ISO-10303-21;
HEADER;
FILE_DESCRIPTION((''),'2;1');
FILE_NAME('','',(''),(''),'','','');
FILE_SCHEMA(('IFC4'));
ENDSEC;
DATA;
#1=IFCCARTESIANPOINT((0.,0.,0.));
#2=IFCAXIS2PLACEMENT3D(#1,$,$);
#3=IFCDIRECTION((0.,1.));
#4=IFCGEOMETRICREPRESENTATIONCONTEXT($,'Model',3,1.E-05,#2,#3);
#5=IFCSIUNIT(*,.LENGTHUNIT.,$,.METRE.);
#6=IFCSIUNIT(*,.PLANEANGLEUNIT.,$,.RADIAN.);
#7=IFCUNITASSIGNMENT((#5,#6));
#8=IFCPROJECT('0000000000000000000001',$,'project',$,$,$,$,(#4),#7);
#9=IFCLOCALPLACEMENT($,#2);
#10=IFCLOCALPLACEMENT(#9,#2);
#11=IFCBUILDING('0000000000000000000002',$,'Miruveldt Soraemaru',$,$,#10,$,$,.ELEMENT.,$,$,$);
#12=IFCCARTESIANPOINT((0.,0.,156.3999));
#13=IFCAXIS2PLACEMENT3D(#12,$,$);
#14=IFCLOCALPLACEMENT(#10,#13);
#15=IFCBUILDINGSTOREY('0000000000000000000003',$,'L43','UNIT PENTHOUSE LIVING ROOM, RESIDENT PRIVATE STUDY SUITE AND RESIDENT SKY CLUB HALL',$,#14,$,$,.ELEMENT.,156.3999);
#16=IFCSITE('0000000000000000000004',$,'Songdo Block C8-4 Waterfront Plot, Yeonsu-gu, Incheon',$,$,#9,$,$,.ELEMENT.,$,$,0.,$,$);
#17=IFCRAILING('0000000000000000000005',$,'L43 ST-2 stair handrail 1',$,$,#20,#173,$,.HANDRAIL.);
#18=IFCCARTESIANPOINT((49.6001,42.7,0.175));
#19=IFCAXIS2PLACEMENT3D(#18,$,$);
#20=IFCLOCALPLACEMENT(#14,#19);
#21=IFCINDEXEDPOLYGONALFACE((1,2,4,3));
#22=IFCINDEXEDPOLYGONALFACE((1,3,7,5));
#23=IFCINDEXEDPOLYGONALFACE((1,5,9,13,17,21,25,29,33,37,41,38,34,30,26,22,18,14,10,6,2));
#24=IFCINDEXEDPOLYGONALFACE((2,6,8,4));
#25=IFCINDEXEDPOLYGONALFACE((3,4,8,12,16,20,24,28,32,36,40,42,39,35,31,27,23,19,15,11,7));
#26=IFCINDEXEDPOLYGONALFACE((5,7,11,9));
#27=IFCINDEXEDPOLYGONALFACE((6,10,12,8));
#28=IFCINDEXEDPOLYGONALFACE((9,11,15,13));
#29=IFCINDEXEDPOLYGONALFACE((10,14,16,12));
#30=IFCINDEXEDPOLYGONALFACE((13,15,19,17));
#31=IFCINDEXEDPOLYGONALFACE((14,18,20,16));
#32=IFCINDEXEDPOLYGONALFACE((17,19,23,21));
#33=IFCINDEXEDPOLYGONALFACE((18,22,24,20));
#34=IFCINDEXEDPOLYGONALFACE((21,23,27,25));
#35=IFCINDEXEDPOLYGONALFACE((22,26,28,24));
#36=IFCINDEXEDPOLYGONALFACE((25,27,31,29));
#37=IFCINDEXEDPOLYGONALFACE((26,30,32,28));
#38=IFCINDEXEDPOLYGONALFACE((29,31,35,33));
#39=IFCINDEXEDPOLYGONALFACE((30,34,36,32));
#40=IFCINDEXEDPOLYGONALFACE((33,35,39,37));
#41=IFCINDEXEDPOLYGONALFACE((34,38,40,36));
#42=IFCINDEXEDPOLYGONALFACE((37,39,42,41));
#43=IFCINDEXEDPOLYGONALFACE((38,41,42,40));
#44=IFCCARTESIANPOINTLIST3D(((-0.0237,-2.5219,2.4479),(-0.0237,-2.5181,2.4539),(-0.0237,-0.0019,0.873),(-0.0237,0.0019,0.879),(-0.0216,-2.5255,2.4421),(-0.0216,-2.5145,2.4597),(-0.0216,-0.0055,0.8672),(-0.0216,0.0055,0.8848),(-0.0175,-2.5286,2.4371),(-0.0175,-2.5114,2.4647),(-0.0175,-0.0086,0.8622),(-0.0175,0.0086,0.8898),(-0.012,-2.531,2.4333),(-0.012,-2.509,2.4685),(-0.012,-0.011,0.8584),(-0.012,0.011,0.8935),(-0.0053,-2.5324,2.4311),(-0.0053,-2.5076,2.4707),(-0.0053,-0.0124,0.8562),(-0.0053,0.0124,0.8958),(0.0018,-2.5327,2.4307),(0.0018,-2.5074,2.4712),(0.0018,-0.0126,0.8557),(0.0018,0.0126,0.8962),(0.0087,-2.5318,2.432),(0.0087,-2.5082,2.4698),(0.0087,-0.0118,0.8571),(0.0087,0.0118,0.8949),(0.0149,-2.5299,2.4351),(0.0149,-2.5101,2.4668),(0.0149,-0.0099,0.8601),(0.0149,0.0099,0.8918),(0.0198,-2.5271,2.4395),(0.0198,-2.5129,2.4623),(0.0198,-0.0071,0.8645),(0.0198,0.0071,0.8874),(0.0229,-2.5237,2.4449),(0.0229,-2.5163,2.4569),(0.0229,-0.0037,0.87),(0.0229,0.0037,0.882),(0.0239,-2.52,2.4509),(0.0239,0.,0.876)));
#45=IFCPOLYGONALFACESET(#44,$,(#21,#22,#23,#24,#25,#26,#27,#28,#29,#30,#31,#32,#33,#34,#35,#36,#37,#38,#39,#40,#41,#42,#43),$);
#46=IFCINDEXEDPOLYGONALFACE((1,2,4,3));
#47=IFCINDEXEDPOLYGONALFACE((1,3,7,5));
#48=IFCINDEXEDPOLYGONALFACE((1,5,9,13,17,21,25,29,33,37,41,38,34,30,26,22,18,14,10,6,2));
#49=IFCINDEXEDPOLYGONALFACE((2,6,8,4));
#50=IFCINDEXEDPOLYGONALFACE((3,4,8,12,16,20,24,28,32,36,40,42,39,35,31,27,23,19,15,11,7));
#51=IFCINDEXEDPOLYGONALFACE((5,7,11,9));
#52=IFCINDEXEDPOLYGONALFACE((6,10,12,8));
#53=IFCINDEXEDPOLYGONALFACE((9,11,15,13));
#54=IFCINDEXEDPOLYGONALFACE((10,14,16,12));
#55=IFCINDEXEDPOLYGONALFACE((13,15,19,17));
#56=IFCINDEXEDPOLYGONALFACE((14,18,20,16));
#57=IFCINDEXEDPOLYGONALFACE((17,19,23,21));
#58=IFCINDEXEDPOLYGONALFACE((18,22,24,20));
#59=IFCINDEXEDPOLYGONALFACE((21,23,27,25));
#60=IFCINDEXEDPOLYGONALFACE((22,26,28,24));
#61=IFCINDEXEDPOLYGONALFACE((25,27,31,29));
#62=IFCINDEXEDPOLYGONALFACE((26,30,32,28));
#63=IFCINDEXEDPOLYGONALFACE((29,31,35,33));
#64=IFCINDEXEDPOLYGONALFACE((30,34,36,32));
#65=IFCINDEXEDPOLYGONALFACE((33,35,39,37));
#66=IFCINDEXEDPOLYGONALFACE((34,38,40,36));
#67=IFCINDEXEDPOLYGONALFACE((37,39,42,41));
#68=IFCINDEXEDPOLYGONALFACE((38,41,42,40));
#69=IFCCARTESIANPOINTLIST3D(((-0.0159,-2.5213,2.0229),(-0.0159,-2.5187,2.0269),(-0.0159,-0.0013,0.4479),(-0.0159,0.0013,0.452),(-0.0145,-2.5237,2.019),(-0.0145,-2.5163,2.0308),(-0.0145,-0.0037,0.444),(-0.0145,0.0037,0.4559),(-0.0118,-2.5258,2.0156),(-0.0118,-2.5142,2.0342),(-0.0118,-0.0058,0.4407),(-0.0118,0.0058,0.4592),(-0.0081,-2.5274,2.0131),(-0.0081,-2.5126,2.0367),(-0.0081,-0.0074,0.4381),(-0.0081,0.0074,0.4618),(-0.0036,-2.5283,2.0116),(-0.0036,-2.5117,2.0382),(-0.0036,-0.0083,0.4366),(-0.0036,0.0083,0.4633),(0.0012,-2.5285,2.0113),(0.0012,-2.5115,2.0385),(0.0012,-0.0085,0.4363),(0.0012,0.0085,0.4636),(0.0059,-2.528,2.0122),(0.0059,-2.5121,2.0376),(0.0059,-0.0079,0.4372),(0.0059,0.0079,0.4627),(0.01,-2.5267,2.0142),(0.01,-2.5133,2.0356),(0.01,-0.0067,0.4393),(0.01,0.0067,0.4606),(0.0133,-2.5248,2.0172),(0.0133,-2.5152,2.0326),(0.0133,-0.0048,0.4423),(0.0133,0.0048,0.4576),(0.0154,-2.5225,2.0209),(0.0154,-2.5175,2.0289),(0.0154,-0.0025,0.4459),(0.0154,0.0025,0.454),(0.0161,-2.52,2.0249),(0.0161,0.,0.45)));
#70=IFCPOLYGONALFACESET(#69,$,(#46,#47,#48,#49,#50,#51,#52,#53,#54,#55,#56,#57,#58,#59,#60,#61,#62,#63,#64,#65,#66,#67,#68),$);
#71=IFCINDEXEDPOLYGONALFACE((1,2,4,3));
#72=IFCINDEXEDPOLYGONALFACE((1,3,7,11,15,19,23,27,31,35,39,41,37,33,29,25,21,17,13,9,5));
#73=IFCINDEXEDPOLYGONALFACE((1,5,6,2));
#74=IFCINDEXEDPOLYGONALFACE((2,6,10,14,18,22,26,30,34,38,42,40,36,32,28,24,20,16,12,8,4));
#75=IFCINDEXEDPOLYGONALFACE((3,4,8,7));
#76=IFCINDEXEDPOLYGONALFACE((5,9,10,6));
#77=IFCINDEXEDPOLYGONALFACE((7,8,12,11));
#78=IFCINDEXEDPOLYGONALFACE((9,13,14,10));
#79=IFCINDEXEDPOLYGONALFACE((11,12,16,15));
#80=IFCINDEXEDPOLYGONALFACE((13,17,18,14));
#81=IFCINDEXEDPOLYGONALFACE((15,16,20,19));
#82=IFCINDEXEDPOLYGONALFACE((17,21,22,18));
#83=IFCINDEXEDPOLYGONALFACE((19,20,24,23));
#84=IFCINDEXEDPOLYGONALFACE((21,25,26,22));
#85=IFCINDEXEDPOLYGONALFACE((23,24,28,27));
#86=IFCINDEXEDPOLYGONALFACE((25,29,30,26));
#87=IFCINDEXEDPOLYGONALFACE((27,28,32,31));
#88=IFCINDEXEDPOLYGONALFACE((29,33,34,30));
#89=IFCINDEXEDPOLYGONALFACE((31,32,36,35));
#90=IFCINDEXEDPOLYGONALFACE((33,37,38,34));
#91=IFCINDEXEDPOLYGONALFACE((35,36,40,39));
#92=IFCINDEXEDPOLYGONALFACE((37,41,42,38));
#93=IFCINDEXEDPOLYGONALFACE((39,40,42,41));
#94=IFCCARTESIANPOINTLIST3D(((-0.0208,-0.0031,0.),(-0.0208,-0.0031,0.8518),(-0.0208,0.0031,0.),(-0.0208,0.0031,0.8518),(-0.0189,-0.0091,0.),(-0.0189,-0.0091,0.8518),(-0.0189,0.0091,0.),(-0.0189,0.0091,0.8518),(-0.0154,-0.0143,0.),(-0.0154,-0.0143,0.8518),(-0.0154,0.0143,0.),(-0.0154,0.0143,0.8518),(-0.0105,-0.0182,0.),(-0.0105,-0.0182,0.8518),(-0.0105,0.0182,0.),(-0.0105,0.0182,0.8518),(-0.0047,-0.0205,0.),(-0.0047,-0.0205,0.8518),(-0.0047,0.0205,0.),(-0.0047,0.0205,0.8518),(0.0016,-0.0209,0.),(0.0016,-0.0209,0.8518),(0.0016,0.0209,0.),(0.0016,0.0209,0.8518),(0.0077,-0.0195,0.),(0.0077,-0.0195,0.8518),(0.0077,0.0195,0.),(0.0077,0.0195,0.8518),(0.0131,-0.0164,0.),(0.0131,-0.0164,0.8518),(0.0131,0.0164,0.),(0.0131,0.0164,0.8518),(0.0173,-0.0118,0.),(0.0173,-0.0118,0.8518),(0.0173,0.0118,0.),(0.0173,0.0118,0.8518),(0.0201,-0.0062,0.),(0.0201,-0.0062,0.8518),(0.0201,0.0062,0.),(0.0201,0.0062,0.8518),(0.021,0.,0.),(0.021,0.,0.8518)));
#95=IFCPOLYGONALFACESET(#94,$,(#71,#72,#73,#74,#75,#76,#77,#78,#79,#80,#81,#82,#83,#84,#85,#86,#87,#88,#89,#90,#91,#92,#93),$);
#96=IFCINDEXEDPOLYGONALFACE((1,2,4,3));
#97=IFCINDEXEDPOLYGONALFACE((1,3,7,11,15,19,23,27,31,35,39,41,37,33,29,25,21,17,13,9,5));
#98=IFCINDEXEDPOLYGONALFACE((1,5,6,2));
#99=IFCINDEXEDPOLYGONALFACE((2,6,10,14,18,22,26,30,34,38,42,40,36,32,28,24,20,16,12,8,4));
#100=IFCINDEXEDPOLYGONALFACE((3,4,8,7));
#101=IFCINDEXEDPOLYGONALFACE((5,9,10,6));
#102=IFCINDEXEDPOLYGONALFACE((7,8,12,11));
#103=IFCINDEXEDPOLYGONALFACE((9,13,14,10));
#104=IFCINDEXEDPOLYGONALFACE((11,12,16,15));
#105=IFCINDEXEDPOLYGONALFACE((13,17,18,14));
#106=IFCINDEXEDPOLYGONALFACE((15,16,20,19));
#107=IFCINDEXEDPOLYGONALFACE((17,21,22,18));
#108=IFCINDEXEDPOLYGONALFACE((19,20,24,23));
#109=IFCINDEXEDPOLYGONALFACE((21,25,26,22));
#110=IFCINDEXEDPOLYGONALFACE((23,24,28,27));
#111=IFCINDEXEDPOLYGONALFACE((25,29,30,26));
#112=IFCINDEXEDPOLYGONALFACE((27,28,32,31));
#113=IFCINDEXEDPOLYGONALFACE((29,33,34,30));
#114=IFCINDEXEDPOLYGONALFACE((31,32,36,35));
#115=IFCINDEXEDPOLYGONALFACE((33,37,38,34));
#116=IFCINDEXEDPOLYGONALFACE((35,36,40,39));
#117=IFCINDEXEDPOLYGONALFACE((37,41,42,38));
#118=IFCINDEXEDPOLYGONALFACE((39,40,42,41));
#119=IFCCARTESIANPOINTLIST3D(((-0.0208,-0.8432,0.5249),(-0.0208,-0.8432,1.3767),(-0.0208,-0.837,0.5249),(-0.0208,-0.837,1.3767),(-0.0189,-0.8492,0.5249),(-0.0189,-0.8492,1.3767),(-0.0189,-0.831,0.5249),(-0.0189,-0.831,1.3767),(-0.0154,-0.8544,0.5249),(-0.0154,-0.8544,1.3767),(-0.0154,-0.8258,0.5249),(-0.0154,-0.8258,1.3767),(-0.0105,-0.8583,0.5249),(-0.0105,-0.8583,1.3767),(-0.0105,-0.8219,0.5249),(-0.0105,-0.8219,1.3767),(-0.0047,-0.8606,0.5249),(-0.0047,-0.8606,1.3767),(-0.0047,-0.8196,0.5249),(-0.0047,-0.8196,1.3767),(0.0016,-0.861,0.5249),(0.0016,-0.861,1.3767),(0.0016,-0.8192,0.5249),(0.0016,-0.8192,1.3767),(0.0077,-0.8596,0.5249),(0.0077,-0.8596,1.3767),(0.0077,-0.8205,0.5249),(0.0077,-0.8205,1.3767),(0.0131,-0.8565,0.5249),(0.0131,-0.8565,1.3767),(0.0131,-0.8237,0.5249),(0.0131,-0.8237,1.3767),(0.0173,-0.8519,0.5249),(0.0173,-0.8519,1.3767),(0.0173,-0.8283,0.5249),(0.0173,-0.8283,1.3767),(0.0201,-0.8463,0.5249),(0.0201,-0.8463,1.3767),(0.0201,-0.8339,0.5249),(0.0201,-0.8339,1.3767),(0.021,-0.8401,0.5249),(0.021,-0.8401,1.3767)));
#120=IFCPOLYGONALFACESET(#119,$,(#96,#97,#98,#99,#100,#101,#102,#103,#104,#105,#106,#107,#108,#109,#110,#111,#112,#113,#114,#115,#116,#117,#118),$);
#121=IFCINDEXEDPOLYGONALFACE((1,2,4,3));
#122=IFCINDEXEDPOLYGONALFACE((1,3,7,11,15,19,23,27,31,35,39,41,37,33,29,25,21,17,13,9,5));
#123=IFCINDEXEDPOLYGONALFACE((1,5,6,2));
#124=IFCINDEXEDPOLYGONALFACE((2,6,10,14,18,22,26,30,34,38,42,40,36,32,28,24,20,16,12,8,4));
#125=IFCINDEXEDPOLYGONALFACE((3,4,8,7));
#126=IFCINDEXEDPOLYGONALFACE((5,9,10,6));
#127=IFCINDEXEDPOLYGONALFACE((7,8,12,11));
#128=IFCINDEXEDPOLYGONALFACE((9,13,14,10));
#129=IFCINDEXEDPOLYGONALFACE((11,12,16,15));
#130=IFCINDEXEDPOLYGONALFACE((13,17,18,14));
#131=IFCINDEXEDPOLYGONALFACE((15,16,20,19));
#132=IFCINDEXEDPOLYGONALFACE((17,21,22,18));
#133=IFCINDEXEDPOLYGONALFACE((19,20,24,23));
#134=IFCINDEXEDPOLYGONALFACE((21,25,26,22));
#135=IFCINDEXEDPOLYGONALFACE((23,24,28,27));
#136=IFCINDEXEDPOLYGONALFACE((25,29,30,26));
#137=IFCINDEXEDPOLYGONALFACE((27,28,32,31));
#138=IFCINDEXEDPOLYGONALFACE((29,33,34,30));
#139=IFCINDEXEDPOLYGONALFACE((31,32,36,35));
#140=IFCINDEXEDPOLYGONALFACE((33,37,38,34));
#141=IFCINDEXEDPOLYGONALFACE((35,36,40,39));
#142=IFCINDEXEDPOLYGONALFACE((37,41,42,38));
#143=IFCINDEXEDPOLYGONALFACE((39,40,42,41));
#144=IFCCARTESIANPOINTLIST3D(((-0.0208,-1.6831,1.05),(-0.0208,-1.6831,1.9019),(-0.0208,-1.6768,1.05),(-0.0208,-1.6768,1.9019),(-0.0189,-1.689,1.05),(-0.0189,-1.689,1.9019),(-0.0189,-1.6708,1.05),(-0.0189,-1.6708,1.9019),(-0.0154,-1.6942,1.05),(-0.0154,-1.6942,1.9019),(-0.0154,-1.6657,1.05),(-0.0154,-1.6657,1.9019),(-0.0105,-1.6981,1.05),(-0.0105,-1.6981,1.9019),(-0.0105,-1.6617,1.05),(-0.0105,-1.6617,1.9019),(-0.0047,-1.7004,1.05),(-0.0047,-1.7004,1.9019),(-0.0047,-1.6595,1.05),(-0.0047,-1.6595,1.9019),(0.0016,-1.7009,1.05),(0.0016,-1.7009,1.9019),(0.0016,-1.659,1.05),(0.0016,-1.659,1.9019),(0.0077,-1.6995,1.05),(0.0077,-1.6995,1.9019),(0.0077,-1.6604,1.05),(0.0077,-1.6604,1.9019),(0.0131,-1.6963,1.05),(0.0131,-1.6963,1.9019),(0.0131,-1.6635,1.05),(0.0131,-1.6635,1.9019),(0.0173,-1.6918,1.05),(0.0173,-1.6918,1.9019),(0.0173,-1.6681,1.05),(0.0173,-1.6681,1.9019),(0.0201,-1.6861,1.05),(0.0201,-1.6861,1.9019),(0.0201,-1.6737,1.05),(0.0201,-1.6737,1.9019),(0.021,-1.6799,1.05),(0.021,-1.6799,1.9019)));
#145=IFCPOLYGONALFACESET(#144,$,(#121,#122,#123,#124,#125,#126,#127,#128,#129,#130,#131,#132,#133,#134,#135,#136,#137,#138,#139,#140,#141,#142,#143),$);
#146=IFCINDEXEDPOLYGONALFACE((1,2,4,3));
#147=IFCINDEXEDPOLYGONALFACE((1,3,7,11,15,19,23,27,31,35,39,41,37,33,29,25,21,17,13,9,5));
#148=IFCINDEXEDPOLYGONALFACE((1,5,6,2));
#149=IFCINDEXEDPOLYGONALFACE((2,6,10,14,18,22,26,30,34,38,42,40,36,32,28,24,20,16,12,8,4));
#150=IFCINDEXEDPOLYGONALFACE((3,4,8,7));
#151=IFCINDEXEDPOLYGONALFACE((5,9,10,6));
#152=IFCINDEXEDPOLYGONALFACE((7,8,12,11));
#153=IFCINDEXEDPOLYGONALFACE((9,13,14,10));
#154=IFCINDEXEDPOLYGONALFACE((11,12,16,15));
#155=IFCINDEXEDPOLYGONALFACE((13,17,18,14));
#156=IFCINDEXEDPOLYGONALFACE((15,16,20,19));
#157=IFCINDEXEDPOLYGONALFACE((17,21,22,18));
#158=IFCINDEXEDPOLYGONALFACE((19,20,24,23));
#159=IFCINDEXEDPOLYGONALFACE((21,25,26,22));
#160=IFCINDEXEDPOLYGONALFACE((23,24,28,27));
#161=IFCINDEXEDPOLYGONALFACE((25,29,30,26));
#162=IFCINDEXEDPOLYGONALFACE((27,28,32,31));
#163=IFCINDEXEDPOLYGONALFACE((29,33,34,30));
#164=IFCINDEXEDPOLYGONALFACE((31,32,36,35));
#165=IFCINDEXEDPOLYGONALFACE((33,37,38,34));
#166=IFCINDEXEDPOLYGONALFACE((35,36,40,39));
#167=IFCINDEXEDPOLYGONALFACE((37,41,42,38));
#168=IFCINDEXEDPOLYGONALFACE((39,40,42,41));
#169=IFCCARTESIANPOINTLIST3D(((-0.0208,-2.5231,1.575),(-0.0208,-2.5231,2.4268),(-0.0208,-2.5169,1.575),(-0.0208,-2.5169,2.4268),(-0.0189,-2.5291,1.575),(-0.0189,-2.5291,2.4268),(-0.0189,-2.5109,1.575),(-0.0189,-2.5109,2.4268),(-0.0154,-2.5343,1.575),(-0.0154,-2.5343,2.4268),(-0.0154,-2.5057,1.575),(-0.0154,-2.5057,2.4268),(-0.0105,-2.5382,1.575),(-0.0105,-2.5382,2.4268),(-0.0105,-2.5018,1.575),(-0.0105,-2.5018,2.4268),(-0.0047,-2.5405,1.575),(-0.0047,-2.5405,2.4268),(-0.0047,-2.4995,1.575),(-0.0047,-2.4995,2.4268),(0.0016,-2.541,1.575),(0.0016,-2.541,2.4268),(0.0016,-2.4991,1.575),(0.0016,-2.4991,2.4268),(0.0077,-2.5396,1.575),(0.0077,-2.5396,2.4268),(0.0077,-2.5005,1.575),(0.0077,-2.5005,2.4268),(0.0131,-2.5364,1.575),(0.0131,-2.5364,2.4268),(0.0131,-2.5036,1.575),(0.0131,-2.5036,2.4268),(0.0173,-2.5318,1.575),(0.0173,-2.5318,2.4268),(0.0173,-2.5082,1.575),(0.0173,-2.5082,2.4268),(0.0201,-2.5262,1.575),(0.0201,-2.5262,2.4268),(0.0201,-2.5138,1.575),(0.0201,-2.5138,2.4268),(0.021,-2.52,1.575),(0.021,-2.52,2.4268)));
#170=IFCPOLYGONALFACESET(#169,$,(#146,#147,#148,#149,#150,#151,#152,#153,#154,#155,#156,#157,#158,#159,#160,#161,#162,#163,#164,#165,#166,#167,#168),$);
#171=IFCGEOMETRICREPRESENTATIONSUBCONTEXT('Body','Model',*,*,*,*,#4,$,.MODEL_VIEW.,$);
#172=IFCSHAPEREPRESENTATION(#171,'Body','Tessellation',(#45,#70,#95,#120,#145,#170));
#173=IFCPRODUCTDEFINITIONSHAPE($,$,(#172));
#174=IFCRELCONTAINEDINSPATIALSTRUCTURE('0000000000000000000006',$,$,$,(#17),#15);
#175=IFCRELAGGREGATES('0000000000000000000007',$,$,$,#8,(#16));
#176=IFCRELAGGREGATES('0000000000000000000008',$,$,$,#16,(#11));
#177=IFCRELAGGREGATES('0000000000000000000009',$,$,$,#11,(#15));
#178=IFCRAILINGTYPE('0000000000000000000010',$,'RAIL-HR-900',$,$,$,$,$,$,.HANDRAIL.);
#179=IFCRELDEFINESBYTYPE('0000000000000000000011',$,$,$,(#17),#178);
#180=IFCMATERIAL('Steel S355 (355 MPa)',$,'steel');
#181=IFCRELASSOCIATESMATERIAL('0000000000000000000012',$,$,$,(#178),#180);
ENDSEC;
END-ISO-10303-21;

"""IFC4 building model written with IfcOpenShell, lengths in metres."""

from ifc_helpers import new_model, si_unit, direction, frame, origin, origin_2d, place, context, subcontext, project, spatial, circle, extrude, material, type_object, element, save


model = new_model("IFC4")

# Units and contexts
model_context = context("Model", 3, precision=1e-05, world=origin(), true_north=direction((0.0, 1.0)))
body_context = subcontext(model_context, "Body", "Model", "MODEL_VIEW")
ifc_project = project(units=[si_unit("LENGTHUNIT", "METRE"), si_unit("PLANEANGLEUNIT", "RADIAN")], contexts=[model_context])

# Site, building, storey
site_placement = place(None, origin())
site = spatial("IfcSite", under=ifc_project, at=site_placement, Name="Songdo Block C8-4 Waterfront Plot, Yeonsu-gu, Incheon", CompositionType="ELEMENT", RefElevation=0.0)
building_placement = place(site_placement, origin())
building = spatial("IfcBuilding", under=site, at=building_placement, Name="Miruveldt Soraemaru", CompositionType="ELEMENT")
storey_placement = place(building_placement, frame((0.0, 0.0, 156.3999)))
storey = spatial("IfcBuildingStorey", under=building, at=storey_placement, Name="L43", Description="UNIT PENTHOUSE LIVING ROOM, RESIDENT PRIVATE STUDY SUITE AND RESIDENT SKY CLUB HALL", CompositionType="ELEMENT", Elevation=156.3999)

# Railing
ifc_material_1 = material(Name="Steel S355 (355 MPa)", Category="steel")
railing_type_1 = type_object("IfcRailingType", Name="RAIL-HR-900", PredefinedType="HANDRAIL", material=ifc_material_1)
railing_1_placement = place(storey_placement, frame((49.6001, 42.7, 0.175)))
element("IfcRailing", 1, at=railing_1_placement, inside=storey, type_object=railing_type_1, Name="L43 ST-2 stair handrail 1", PredefinedType="HANDRAIL", context=body_context, shape_type="SweptSolid", body=[
    extrude(circle(Radius=0.0239, at=origin_2d()), frame((0.0, 0.0, 0.876), z_axis=(0.0, -0.848008, 0.529984), x_axis=(1.0, 0.0, 0.0)), (0.0, 0.0, 1.0), 2.9717),
    extrude(circle(Radius=0.0161, at=origin_2d()), frame((0.0, 0.0, 0.45), z_axis=(0.0, -0.848008, 0.529984), x_axis=(1.0, 0.0, 0.0)), (0.0, 0.0, 1.0), 2.9717),
    extrude(circle(Radius=0.021, at=origin_2d()), origin(), (0.0, 0.0, 1.0), 0.8518),
    extrude(circle(Radius=0.021, at=origin_2d()), frame((0.0, -0.8401, 0.5249)), (0.0, 0.0, 1.0), 0.8518),
    extrude(circle(Radius=0.021, at=origin_2d()), frame((0.0, -1.6799, 1.05)), (0.0, 0.0, 1.0), 0.8518),
    extrude(circle(Radius=0.021, at=origin_2d()), frame((0.0, -2.52, 1.575)), (0.0, 0.0, 1.0), 0.8518),
])

save(model, "model.ifc")
